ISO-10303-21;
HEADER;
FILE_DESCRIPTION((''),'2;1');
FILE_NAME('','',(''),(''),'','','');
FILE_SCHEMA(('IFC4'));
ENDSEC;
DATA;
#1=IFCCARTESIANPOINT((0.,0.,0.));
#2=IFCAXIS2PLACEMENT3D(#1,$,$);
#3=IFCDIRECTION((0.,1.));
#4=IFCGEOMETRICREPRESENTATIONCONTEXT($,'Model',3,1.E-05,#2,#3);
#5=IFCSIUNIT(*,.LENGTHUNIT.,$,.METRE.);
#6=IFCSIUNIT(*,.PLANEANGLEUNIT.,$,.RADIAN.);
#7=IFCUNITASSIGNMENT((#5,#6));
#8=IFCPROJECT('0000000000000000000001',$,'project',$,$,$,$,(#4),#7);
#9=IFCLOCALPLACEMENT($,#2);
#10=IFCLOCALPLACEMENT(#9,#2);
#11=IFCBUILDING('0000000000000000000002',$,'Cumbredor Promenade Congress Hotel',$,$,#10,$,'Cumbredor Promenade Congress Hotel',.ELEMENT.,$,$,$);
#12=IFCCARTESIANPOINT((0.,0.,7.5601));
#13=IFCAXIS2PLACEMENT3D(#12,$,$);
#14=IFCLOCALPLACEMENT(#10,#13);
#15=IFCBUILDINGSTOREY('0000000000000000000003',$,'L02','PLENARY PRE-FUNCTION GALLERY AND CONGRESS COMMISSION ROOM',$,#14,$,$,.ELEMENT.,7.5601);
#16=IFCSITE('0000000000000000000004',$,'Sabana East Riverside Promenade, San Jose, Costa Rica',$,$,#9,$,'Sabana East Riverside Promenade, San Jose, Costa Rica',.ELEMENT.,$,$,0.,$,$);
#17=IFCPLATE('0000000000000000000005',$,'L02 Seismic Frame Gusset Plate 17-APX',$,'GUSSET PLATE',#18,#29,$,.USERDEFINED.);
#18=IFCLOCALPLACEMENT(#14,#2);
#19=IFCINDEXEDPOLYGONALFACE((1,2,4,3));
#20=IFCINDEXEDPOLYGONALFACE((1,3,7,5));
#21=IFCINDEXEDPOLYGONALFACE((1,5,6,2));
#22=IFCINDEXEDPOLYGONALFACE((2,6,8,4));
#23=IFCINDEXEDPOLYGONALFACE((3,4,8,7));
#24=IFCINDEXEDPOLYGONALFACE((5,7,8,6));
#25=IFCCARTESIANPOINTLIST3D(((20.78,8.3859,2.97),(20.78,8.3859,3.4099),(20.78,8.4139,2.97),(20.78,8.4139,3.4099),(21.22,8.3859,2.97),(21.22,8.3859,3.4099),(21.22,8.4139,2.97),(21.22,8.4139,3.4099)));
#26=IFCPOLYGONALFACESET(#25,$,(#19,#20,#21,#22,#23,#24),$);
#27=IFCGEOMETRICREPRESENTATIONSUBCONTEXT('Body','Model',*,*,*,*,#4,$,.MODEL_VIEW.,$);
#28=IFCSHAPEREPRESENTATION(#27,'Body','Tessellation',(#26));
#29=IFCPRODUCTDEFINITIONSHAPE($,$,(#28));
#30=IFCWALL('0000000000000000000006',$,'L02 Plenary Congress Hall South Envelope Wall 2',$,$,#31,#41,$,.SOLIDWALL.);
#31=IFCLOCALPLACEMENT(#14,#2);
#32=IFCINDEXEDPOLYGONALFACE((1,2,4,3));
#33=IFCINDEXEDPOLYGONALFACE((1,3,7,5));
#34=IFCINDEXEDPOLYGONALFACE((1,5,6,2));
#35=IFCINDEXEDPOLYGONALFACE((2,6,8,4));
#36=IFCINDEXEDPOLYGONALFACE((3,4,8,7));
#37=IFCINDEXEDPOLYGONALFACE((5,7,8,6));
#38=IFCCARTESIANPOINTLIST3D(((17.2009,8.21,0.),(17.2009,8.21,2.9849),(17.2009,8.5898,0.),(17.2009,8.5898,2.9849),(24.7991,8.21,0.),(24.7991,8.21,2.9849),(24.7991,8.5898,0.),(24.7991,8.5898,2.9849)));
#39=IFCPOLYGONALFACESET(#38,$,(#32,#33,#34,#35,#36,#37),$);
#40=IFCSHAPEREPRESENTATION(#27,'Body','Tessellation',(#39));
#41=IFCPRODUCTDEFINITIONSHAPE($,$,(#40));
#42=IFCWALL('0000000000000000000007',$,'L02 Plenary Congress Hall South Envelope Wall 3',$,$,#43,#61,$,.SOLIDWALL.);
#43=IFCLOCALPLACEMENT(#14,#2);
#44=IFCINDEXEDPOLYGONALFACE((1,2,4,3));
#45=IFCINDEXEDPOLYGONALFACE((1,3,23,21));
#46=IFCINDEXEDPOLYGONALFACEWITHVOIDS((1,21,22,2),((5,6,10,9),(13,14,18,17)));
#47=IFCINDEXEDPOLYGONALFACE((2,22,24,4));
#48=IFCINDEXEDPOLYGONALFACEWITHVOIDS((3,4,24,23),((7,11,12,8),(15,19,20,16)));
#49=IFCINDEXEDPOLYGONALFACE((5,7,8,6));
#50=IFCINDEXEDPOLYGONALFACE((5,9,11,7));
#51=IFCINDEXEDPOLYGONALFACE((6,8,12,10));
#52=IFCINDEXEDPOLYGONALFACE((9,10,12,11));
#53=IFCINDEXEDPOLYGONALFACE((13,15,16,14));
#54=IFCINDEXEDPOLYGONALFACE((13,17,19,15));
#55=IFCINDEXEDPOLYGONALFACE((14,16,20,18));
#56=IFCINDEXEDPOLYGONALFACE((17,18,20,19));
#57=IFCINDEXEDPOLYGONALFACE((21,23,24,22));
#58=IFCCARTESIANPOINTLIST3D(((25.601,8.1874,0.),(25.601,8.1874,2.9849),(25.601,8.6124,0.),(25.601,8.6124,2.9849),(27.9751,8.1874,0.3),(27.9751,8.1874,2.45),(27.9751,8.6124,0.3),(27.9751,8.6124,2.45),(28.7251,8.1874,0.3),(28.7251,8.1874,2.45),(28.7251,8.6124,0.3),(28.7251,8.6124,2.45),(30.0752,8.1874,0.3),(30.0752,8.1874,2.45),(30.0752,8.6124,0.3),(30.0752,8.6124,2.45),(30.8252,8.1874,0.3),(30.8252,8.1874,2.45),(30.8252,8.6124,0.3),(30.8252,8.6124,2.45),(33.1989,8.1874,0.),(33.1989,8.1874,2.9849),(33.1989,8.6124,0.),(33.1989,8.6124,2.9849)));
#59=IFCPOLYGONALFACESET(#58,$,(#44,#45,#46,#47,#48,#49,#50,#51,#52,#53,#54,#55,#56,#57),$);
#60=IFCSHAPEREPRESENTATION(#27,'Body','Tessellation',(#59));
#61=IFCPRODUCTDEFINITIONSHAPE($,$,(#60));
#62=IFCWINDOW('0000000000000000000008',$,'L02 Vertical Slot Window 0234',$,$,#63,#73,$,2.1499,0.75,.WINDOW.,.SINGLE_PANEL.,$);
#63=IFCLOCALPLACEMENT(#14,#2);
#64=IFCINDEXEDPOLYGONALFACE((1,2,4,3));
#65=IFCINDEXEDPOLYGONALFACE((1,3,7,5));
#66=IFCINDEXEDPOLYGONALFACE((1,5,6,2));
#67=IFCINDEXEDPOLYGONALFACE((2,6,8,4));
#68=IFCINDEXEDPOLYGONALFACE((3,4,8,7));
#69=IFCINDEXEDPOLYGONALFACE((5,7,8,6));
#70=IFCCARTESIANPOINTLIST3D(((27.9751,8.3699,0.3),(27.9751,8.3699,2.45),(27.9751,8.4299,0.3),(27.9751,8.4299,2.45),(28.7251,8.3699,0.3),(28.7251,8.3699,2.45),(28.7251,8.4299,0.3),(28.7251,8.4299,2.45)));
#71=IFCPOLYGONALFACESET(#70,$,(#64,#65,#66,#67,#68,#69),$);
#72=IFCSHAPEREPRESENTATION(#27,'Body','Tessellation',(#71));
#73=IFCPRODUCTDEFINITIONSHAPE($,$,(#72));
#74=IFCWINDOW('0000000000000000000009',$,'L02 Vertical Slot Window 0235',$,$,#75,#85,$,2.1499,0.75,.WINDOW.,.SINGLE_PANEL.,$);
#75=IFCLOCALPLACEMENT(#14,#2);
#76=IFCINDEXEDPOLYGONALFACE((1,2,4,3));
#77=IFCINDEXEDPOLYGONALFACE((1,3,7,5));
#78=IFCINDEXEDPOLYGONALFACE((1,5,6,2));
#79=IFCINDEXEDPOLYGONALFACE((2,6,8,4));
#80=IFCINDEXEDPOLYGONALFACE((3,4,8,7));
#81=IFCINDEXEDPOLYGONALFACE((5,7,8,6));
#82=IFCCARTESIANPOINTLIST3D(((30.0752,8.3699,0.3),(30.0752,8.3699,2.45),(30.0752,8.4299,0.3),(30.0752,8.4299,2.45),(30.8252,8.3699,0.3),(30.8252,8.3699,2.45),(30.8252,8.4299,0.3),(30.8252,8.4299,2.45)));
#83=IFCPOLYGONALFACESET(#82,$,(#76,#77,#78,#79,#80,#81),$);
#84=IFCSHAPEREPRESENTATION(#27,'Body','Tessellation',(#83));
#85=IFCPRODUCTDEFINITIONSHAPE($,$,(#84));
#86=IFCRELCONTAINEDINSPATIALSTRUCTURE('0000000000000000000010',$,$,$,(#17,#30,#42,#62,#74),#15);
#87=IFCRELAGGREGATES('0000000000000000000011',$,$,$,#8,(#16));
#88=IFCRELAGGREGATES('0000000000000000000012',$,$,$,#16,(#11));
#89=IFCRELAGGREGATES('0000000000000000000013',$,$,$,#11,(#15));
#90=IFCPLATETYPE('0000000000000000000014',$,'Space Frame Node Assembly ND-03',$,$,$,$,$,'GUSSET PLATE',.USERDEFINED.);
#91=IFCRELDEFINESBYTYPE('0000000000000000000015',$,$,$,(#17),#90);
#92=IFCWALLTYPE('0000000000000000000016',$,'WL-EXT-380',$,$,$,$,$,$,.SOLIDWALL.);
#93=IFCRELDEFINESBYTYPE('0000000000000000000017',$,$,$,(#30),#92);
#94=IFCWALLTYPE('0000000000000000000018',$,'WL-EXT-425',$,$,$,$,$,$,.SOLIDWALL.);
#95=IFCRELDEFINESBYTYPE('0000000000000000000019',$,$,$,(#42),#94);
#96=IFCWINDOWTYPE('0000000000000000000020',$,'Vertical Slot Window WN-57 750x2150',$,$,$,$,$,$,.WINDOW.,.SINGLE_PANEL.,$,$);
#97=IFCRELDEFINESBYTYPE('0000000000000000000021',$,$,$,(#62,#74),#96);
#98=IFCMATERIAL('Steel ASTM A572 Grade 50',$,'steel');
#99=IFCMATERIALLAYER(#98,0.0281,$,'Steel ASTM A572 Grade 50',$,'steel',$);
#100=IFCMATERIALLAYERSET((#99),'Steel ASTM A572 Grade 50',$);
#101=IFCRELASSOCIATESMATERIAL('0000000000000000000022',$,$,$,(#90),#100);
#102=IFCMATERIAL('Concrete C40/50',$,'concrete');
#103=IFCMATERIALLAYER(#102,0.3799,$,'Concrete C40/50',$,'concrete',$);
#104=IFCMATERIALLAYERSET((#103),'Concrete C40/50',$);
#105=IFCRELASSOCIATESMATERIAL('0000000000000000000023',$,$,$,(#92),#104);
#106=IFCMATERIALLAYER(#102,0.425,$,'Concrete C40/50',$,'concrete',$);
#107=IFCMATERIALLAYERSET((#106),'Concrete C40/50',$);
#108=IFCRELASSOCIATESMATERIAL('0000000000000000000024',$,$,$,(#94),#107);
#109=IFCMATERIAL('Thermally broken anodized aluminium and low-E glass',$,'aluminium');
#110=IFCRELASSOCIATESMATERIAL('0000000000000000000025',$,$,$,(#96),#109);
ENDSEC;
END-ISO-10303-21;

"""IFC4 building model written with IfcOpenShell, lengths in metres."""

from ifc_helpers import new_model, si_unit, direction, frame, frame_2d, origin, origin_2d, place, context, subcontext, project, spatial, rectangle, extrude, material, layer, layer_set, type_object, element, fill, save


model = new_model("IFC4")

# Units and contexts
model_context = context("Model", 3, precision=1e-05, world=origin(), true_north=direction((0.0, 1.0)))
body_context = subcontext(model_context, "Body", "Model", "MODEL_VIEW")
ifc_project = project(units=[si_unit("LENGTHUNIT", "METRE"), si_unit("PLANEANGLEUNIT", "RADIAN")], contexts=[model_context])

# Site, building, storey
site_placement = place(None, origin())
site = spatial("IfcSite", under=ifc_project, at=site_placement, Name="Sabana East Riverside Promenade, San Jose, Costa Rica", LongName="Sabana East Riverside Promenade, San Jose, Costa Rica", CompositionType="ELEMENT", RefElevation=0.0)
building_placement = place(site_placement, origin())
building = spatial("IfcBuilding", under=site, at=building_placement, Name="Cumbredor Promenade Congress Hotel", LongName="Cumbredor Promenade Congress Hotel", CompositionType="ELEMENT")
storey_placement = place(building_placement, frame((0.0, 0.0, 7.5601)))
storey = spatial("IfcBuildingStorey", under=building, at=storey_placement, Name="L02", Description="PLENARY PRE-FUNCTION GALLERY AND CONGRESS COMMISSION ROOM", CompositionType="ELEMENT", Elevation=7.5601)

# Shared definitions
ifc_material_1 = material(Name="Thermally broken anodized aluminium and low-E glass", Category="aluminium")

# Shared definitions
ifc_material_2 = material(Name="Concrete C40/50", Category="concrete")

# Plate
ifc_material_3 = material(Name="Steel ASTM A572 Grade 50", Category="steel")
ifc_layer_1 = layer(ifc_material_3, 0.0281, Name="Steel ASTM A572 Grade 50", Category="steel")
ifc_layer_set_1 = layer_set([ifc_layer_1], Name="Steel ASTM A572 Grade 50")
plate_type_1 = type_object("IfcPlateType", Name="Space Frame Node Assembly ND-03", ElementType="GUSSET PLATE", PredefinedType="USERDEFINED", material=ifc_layer_set_1)
for number, where, z_axis, x_axis, name in (
    (1, (21.0, 8.3999, 2.97), (0.0, 0.0, 1.0), (1.0, 0.0, 0.0), "L02 Seismic Frame Gusset Plate 17-APX"),
):
    element("IfcPlate", number, at=place(storey_placement, frame(where, z_axis=z_axis, x_axis=x_axis)), inside=storey, type_object=plate_type_1, Name=name, ObjectType="GUSSET PLATE", PredefinedType="USERDEFINED", context=body_context, shape_type="SweptSolid", body=[
        extrude(rectangle(XDim=0.4399, YDim=0.0281, at=origin_2d()), origin(), (0.0, 0.0, 1.0), 0.4399),
    ])

# Wall
ifc_layer_2 = layer(ifc_material_2, 0.3799, Name="Concrete C40/50", Category="concrete")
ifc_layer_set_2 = layer_set([ifc_layer_2], Name="Concrete C40/50")
wall_type_1 = type_object("IfcWallType", Name="WL-EXT-380", PredefinedType="SOLIDWALL", material=ifc_layer_set_2)
wall_1_placement = place(storey_placement, frame((17.2009, 8.3999, 0.0), z_axis=(0.0, 0.0, 1.0), x_axis=(1.0, 0.0, 0.0)))
element("IfcWall", 2, at=wall_1_placement, inside=storey, type_object=wall_type_1, Name="L02 Plenary Congress Hall South Envelope Wall 2", PredefinedType="SOLIDWALL", context=body_context, shape_type="SweptSolid", body=[
    extrude(rectangle(XDim=7.5981, YDim=0.3799, at=frame_2d((3.7991, 0.0))), origin(), (0.0, 0.0, 1.0), 2.9849),
])

# Wall, openings, windows
ifc_layer_3 = layer(ifc_material_2, 0.425, Name="Concrete C40/50", Category="concrete")
ifc_layer_set_3 = layer_set([ifc_layer_3], Name="Concrete C40/50")
wall_type_2 = type_object("IfcWallType", Name="WL-EXT-425", PredefinedType="SOLIDWALL", material=ifc_layer_set_3)
wall_2_placement = place(storey_placement, frame((25.6011, 8.3999, 0.0), z_axis=(0.0, 0.0, 1.0), x_axis=(1.0, 0.0, 0.0)))
wall_2 = element("IfcWall", 3, at=wall_2_placement, inside=storey, type_object=wall_type_2, Name="L02 Plenary Congress Hall South Envelope Wall 3", PredefinedType="SOLIDWALL", context=body_context, shape_type="SweptSolid", body=[
    extrude(rectangle(XDim=7.5979, YDim=0.425, at=frame_2d((3.7988, 0.0))), origin(), (0.0, 0.0, 1.0), 2.9849),
])
opening_1_placement = place(wall_2_placement, frame((2.374, 0.0, 0.3)))
opening_1 = element("IfcOpeningElement", 4, at=opening_1_placement, cuts=wall_2, PredefinedType="OPENING", context=body_context, shape_type="SweptSolid", body=[
    extrude(rectangle(XDim=0.75, YDim=2.1499, at=frame_2d((0.375, 1.075))), frame((0.0, 0.2227, 0.0), z_axis=(0.0, -1.0, 0.0), x_axis=(1.0, 0.0, 0.0)), (0.0, 0.0, 1.0), 0.4451),
])
opening_2_placement = place(wall_2_placement, frame((4.4741, 0.0, 0.3)))
opening_2 = element("IfcOpeningElement", 5, at=opening_2_placement, cuts=wall_2, PredefinedType="OPENING", context=body_context, shape_type="SweptSolid", body=[
    extrude(rectangle(XDim=0.75, YDim=2.1499, at=frame_2d((0.375, 1.075))), frame((0.0, 0.2227, 0.0), z_axis=(0.0, -1.0, 0.0), x_axis=(1.0, 0.0, 0.0)), (0.0, 0.0, 1.0), 0.4451),
])
window_type = type_object("IfcWindowType", Name="Vertical Slot Window WN-57 750x2150", PartitioningType="SINGLE_PANEL", PredefinedType="WINDOW", material=ifc_material_1)
window_1_placement = place(opening_1_placement, origin())
window_1 = element("IfcWindow", 6, at=window_1_placement, inside=storey, type_object=window_type, Name="L02 Vertical Slot Window 0234", OverallHeight=2.1499, OverallWidth=0.75, PartitioningType="SINGLE_PANEL", PredefinedType="WINDOW", context=body_context, shape_type="SweptSolid", body=[
    extrude(rectangle(XDim=0.75, YDim=2.1499, at=frame_2d((0.375, 1.075))), frame((0.0, 0.03, 0.0), z_axis=(0.0, -1.0, 0.0), x_axis=(1.0, 0.0, 0.0)), (0.0, 0.0, 1.0), 0.0601),
])
fill(opening_1, window_1)
window_2_placement = place(opening_2_placement, origin())
window_2 = element("IfcWindow", 7, at=window_2_placement, inside=storey, type_object=window_type, Name="L02 Vertical Slot Window 0235", OverallHeight=2.1499, OverallWidth=0.75, PartitioningType="SINGLE_PANEL", PredefinedType="WINDOW", context=body_context, shape_type="SweptSolid", body=[
    extrude(rectangle(XDim=0.75, YDim=2.1499, at=frame_2d((0.375, 1.075))), frame((0.0, 0.03, 0.0), z_axis=(0.0, -1.0, 0.0), x_axis=(1.0, 0.0, 0.0)), (0.0, 0.0, 1.0), 0.0601),
])
fill(opening_2, window_2)

save(model, "model.ifc")
